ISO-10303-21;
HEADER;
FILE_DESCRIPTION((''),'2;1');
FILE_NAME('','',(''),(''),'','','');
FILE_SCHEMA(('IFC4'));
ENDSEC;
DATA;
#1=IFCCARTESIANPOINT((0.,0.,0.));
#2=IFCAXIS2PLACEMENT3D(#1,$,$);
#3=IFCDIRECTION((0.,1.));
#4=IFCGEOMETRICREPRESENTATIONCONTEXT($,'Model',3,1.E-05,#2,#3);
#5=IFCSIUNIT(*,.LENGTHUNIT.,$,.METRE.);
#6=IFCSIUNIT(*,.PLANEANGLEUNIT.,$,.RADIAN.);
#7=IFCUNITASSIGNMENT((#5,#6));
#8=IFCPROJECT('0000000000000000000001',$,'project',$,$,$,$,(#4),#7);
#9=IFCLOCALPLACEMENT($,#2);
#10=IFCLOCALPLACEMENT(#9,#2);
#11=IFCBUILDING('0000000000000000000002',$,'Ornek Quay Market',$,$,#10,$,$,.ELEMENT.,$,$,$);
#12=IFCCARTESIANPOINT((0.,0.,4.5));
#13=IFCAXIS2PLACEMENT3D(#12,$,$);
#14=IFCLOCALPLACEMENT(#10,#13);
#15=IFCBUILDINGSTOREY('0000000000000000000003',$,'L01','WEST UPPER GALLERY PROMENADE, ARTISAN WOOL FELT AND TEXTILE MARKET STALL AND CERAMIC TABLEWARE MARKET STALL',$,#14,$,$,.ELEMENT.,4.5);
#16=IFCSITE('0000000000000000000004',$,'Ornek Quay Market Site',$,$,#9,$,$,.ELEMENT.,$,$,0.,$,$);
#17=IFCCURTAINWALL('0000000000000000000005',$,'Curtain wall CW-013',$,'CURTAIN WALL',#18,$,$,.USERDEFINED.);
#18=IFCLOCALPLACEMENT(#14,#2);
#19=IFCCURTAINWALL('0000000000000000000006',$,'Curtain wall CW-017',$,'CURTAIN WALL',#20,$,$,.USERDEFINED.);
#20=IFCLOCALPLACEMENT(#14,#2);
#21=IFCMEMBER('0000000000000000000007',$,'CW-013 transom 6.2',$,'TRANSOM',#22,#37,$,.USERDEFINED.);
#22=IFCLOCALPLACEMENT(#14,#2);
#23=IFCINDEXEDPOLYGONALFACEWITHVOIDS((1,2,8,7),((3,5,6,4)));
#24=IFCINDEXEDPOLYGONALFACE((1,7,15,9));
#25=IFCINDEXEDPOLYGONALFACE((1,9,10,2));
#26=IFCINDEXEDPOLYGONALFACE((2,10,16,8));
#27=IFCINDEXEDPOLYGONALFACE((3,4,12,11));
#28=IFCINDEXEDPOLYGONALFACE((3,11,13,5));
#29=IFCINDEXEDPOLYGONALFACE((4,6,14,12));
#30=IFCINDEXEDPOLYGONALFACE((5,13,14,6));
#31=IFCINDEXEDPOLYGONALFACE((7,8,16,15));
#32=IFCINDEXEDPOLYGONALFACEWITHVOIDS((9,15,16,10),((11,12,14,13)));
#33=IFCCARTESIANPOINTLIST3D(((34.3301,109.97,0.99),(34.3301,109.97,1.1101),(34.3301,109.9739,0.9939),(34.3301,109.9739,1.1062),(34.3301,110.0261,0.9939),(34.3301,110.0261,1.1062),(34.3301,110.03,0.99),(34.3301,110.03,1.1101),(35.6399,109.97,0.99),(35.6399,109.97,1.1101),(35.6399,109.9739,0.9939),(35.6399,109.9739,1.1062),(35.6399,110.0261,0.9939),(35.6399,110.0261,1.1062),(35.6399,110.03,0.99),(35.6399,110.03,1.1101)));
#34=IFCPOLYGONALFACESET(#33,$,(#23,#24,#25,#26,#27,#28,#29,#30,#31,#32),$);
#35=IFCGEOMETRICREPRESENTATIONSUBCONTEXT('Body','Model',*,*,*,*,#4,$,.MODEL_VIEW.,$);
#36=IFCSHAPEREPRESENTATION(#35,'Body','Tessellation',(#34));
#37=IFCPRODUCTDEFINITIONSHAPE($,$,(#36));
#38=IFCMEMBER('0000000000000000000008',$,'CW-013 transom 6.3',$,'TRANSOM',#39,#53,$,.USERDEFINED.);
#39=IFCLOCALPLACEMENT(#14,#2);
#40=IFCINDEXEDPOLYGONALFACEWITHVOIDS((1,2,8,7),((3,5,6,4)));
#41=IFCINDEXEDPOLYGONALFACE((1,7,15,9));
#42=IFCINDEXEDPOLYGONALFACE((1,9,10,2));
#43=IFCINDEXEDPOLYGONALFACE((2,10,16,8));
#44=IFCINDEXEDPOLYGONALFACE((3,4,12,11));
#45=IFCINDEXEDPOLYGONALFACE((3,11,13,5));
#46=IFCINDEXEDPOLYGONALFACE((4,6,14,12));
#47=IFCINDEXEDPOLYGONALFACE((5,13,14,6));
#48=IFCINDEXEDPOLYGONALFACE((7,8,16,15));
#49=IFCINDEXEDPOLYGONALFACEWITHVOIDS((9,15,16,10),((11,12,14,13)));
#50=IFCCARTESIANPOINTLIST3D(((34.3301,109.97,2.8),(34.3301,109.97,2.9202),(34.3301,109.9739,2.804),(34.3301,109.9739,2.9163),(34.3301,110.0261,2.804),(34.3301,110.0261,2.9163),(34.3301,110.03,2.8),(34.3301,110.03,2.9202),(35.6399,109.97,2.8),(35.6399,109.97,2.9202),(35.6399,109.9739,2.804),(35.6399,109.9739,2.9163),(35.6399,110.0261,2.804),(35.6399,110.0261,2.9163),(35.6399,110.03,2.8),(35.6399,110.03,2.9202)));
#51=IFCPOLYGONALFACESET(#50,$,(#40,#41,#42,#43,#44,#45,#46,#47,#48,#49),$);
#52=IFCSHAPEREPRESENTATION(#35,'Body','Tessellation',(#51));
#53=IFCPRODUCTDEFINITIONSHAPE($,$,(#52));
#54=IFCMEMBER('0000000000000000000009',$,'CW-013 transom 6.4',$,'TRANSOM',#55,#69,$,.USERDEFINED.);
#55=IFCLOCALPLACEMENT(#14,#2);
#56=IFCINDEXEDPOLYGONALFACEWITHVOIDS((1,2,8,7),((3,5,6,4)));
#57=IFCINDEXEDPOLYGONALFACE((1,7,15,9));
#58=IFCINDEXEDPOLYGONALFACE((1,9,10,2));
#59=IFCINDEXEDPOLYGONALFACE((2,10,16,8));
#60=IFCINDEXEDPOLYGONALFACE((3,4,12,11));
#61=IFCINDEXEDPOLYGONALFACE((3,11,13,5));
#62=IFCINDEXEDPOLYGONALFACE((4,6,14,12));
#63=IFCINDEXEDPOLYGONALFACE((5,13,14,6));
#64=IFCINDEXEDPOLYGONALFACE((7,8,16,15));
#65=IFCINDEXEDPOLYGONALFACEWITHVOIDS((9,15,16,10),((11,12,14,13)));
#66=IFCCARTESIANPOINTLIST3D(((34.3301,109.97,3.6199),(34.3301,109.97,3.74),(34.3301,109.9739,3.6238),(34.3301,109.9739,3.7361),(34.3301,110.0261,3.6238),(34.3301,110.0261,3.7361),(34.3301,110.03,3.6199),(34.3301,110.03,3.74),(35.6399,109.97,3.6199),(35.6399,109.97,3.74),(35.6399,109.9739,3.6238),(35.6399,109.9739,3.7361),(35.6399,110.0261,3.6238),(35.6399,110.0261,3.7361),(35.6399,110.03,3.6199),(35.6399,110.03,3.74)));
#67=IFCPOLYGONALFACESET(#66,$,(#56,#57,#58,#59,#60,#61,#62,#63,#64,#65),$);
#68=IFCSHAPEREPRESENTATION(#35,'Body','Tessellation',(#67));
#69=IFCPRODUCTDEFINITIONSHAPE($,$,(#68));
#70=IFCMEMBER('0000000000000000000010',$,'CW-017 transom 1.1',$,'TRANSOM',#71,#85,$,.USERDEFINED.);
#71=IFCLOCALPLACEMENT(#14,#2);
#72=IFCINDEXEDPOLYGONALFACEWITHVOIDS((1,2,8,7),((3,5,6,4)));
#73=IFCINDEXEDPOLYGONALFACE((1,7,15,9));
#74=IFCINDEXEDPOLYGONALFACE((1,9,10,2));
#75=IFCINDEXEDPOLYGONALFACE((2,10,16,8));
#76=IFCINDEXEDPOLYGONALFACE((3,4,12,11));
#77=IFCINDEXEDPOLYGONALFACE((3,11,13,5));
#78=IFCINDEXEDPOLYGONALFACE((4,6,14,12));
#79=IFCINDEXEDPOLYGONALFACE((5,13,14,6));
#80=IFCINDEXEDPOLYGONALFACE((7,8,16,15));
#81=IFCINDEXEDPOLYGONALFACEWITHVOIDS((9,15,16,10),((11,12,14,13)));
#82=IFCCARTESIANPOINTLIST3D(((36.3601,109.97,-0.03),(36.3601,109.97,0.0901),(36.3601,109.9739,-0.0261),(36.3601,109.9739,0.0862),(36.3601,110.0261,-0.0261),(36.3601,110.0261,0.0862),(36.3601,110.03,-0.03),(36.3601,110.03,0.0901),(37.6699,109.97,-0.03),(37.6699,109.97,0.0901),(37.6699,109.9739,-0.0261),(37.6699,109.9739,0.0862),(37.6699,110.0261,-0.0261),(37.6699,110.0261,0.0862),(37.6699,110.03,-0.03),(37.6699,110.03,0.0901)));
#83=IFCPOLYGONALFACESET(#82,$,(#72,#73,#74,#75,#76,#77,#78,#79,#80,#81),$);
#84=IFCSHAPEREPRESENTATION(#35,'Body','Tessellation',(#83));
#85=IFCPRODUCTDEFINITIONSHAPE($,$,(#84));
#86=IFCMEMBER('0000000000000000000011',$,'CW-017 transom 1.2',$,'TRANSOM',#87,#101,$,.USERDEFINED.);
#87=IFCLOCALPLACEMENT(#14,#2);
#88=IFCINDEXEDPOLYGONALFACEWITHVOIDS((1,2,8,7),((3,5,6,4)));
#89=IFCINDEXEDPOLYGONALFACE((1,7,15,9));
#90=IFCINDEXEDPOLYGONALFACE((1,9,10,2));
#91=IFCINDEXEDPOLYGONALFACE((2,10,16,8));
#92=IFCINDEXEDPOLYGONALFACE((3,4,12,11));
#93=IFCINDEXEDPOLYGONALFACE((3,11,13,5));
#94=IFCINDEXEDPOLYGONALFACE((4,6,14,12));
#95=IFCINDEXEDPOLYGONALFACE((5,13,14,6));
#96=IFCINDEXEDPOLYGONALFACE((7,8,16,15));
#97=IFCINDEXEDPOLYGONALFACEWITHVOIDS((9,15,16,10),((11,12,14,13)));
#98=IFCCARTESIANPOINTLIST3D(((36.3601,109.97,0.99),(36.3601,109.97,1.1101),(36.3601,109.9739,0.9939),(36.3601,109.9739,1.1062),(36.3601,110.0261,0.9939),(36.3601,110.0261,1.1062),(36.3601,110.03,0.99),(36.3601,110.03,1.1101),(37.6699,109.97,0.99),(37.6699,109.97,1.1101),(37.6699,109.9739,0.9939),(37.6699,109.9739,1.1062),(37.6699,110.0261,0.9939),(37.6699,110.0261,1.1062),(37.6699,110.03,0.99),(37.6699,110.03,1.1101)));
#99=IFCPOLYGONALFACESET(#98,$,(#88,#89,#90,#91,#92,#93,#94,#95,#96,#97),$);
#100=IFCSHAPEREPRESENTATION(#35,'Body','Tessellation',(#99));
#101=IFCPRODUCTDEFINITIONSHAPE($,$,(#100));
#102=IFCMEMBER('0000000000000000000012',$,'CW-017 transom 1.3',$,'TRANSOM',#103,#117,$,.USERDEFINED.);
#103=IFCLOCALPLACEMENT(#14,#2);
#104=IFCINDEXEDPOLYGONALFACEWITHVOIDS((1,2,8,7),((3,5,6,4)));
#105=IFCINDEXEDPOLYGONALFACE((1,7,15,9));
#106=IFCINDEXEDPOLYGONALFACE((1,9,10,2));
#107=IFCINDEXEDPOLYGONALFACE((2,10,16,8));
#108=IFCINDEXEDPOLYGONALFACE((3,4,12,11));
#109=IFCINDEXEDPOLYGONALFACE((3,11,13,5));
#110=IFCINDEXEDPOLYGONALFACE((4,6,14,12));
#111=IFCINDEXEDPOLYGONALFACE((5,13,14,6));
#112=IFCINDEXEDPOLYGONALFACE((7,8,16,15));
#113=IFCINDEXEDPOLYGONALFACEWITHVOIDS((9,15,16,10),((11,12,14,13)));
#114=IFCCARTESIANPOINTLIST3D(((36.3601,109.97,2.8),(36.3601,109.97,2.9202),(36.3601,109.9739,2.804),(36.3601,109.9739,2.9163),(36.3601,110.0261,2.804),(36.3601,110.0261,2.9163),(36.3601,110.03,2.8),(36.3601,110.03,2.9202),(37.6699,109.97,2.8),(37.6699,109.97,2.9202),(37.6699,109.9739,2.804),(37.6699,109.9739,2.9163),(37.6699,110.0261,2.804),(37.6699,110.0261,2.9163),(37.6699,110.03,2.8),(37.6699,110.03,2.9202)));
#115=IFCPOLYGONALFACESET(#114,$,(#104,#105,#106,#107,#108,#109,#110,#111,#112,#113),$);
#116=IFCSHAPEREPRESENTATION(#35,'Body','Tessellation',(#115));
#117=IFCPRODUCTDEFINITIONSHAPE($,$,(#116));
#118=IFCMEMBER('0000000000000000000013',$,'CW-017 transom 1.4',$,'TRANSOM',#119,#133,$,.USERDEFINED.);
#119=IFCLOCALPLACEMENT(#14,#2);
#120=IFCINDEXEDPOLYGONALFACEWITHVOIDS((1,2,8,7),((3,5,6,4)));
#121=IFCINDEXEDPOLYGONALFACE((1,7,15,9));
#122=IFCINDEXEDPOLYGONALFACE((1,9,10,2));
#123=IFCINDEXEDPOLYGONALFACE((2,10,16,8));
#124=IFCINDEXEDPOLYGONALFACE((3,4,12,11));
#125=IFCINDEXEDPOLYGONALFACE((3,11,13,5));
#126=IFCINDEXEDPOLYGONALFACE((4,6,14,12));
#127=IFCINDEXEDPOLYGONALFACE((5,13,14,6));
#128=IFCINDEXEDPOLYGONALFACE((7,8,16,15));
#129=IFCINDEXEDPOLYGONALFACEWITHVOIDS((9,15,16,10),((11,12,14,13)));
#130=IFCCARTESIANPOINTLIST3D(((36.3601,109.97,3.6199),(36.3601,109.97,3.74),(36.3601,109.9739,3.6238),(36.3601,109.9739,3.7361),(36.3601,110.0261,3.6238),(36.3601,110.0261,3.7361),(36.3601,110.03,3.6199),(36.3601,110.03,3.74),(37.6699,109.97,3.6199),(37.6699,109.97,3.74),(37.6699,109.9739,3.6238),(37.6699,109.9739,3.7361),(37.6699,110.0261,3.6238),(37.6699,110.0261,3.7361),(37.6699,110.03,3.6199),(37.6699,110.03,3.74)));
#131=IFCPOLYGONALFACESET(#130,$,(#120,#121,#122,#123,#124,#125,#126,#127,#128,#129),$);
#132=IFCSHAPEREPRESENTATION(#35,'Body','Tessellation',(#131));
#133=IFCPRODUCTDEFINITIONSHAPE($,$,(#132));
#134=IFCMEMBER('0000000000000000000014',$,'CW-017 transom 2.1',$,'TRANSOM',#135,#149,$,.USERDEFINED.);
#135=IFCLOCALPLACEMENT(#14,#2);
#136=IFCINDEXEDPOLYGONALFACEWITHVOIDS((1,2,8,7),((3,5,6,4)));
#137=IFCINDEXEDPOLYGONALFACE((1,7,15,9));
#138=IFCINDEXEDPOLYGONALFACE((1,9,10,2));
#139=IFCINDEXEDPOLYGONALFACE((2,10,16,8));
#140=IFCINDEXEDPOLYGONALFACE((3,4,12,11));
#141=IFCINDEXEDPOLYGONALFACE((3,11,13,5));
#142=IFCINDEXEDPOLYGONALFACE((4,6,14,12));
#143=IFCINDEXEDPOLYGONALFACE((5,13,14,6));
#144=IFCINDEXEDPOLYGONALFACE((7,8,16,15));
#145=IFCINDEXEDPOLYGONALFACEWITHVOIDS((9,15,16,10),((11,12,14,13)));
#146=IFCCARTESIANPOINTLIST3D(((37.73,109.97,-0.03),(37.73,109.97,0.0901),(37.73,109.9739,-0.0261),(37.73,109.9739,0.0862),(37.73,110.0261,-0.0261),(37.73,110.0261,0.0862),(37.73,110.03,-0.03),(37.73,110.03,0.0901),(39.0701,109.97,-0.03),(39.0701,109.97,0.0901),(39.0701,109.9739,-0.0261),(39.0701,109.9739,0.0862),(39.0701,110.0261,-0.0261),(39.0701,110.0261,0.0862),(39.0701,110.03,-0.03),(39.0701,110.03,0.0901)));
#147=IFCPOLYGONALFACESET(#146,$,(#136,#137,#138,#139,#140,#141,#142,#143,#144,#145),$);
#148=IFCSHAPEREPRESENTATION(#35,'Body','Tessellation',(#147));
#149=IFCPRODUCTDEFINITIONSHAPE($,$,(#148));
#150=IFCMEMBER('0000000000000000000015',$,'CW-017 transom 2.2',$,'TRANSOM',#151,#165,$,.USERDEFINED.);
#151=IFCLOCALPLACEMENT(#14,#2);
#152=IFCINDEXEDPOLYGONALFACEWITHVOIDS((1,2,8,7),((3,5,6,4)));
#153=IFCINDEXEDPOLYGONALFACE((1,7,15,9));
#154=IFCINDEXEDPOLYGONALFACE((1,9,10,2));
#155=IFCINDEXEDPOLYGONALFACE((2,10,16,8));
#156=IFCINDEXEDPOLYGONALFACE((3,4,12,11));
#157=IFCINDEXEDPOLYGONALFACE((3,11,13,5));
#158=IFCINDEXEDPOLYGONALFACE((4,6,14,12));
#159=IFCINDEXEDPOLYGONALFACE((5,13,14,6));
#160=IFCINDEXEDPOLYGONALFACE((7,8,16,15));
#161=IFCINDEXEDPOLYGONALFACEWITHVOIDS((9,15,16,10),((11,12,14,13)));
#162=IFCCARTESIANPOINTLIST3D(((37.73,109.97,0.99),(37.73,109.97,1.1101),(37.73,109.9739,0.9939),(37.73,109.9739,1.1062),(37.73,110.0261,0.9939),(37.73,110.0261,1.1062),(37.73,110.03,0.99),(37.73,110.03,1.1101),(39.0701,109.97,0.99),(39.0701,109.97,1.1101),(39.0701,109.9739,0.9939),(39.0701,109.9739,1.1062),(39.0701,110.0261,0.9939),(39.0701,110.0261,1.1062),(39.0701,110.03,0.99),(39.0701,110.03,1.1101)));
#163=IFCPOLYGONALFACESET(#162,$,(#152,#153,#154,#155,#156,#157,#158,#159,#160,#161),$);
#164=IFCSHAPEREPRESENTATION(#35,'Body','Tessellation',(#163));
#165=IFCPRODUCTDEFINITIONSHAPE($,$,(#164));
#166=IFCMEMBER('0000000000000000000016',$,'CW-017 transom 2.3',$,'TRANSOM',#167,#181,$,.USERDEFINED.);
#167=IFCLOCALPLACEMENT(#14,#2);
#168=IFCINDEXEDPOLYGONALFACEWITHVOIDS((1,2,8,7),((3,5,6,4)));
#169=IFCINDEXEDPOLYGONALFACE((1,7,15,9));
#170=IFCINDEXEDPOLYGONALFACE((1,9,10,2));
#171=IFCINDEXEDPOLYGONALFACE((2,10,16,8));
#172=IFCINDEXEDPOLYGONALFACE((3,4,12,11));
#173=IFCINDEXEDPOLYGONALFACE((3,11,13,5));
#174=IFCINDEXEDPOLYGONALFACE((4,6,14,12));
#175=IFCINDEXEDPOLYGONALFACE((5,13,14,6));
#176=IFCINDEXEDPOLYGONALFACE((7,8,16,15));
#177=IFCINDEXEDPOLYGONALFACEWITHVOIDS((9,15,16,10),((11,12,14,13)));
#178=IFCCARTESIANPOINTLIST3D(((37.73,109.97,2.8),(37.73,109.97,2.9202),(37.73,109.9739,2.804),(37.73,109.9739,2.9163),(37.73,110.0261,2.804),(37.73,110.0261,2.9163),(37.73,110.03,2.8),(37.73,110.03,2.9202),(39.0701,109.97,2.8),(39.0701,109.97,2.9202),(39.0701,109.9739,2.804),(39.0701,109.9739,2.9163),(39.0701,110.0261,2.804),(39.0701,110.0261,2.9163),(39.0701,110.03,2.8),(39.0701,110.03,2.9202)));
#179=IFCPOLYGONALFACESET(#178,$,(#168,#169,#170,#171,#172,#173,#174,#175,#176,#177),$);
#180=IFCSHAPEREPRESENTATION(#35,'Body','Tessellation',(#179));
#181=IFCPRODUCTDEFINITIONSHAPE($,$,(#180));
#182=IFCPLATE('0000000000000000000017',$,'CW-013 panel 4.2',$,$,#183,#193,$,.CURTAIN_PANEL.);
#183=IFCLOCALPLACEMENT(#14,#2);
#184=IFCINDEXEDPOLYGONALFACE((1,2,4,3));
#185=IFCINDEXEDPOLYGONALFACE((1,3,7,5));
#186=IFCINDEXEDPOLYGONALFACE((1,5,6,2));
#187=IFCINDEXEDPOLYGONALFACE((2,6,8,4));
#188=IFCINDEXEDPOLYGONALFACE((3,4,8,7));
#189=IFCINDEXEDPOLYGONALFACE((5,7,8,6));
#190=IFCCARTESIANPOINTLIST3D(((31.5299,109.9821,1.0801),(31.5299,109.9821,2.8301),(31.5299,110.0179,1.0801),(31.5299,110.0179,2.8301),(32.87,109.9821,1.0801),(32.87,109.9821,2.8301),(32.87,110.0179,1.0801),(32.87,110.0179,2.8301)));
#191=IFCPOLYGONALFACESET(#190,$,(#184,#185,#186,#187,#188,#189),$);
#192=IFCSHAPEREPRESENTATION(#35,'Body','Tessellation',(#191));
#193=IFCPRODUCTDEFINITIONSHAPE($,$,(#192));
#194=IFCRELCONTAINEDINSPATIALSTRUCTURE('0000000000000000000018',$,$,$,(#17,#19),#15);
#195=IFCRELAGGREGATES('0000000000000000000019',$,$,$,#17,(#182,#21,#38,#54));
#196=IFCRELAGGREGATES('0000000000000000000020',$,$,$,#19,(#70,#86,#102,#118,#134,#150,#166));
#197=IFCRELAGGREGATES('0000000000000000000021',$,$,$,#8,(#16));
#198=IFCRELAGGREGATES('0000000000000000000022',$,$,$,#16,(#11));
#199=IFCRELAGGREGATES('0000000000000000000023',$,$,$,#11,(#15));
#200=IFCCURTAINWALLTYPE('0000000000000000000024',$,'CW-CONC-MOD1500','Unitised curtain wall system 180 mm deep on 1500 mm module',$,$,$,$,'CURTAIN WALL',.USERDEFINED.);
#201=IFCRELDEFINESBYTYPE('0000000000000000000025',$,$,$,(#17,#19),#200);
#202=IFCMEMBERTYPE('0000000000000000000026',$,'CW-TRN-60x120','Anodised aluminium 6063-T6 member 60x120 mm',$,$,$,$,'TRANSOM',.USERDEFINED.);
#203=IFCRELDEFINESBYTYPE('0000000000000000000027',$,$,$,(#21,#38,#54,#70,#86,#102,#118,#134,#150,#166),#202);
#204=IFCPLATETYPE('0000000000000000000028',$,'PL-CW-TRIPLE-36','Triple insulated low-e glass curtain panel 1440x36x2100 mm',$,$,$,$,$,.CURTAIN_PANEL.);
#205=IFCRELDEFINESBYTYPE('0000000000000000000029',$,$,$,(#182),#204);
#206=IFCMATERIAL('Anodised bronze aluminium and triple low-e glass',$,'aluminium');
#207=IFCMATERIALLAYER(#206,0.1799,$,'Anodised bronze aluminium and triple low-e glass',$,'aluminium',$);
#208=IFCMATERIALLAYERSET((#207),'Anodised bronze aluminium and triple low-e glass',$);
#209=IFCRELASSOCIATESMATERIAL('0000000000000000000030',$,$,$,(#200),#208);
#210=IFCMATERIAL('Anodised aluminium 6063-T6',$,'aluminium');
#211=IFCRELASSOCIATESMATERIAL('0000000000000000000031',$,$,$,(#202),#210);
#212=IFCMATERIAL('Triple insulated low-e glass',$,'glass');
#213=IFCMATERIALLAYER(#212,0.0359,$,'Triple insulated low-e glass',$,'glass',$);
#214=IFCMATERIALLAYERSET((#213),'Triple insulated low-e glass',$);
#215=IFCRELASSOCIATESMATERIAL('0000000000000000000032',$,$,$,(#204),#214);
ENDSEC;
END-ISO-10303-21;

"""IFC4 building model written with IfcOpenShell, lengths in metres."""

from ifc_helpers import new_model, si_unit, direction, frame, origin, origin_2d, place, context, subcontext, project, spatial, rectangle, hollow_rectangle, extrude, material, layer, layer_set, material_profile, profile_set, type_object, element, aggregate, save


model = new_model("IFC4")

# Units and contexts
model_context = context("Model", 3, precision=1e-05, world=origin(), true_north=direction((0.0, 1.0)))
body_context = subcontext(model_context, "Body", "Model", "MODEL_VIEW")
ifc_project = project(units=[si_unit("LENGTHUNIT", "METRE"), si_unit("PLANEANGLEUNIT", "RADIAN")], contexts=[model_context])

# Site, building, storey
site_placement = place(None, origin())
site = spatial("IfcSite", under=ifc_project, at=site_placement, Name="Ornek Quay Market Site", CompositionType="ELEMENT", RefElevation=0.0)
building_placement = place(site_placement, origin())
building = spatial("IfcBuilding", under=site, at=building_placement, Name="Ornek Quay Market", CompositionType="ELEMENT")
storey_placement = place(building_placement, frame((0.0, 0.0, 4.5)))
storey = spatial("IfcBuildingStorey", under=building, at=storey_placement, Name="L01", Description="WEST UPPER GALLERY PROMENADE, ARTISAN WOOL FELT AND TEXTILE MARKET STALL AND CERAMIC TABLEWARE MARKET STALL", CompositionType="ELEMENT", Elevation=4.5)

# Curtain walls
ifc_material_1 = material(Name="Anodised bronze aluminium and triple low-e glass", Category="aluminium")
ifc_layer_1 = layer(ifc_material_1, 0.1799, Name="Anodised bronze aluminium and triple low-e glass", Category="aluminium")
ifc_layer_set_1 = layer_set([ifc_layer_1], Name="Anodised bronze aluminium and triple low-e glass")
curtain_wall_type = type_object("IfcCurtainWallType", Name="CW-CONC-MOD1500", Description="Unitised curtain wall system 180 mm deep on 1500 mm module", ElementType="CURTAIN WALL", PredefinedType="USERDEFINED", material=ifc_layer_set_1)
curtain_wall_1_placement = place(storey_placement, origin())
curtain_wall_1 = element("IfcCurtainWall", 1, at=curtain_wall_1_placement, inside=storey, type_object=curtain_wall_type, Name="Curtain wall CW-013", ObjectType="CURTAIN WALL", PredefinedType="USERDEFINED")
ifc_material_2 = material(Name="Anodised aluminium 6063-T6", Category="aluminium")
curtain_wall_2_placement = place(storey_placement, origin())
curtain_wall_2 = element("IfcCurtainWall", 2, at=curtain_wall_2_placement, inside=storey, type_object=curtain_wall_type, Name="Curtain wall CW-017", ObjectType="CURTAIN WALL", PredefinedType="USERDEFINED")

# Members
ifc_material_profile_1 = material_profile(ifc_material_2, hollow_rectangle(XDim=0.0601, YDim=0.1201, WallThickness=0.0039, at=origin_2d()), Name="CW-TRN-60x120", Category="aluminium")
ifc_profile_set_1 = profile_set([ifc_material_profile_1], Name="Anodised aluminium 6063-T6")
member_type_1 = type_object("IfcMemberType", Name="CW-TRN-60x120", Description="Anodised aluminium 6063-T6 member 60x120 mm", ElementType="TRANSOM", PredefinedType="USERDEFINED", material=ifc_profile_set_1)
member_1_placement = place(storey_placement, frame((34.3301, 110.0, 1.05), z_axis=(1.0, 0.0, 0.0), x_axis=(0.0, 1.0, 0.0)))
member_1 = element("IfcMember", 3, at=member_1_placement, type_object=member_type_1, Name="CW-013 transom 6.2", ObjectType="TRANSOM", PredefinedType="USERDEFINED", context=body_context, shape_type="SweptSolid", body=[
    extrude(hollow_rectangle(XDim=0.0601, YDim=0.1201, WallThickness=0.0039, at=origin_2d()), origin(), (0.0, 0.0, 1.0), 1.3098),
])
member_2_placement = place(storey_placement, frame((34.3301, 110.0, 2.8601), z_axis=(1.0, 0.0, 0.0), x_axis=(0.0, 1.0, 0.0)))
member_2 = element("IfcMember", 4, at=member_2_placement, type_object=member_type_1, Name="CW-013 transom 6.3", ObjectType="TRANSOM", PredefinedType="USERDEFINED", context=body_context, shape_type="SweptSolid", body=[
    extrude(hollow_rectangle(XDim=0.0601, YDim=0.1201, WallThickness=0.0039, at=origin_2d()), origin(), (0.0, 0.0, 1.0), 1.3098),
])
member_3_placement = place(storey_placement, frame((34.3301, 110.0, 3.6799), z_axis=(1.0, 0.0, 0.0), x_axis=(0.0, 1.0, 0.0)))
member_3 = element("IfcMember", 5, at=member_3_placement, type_object=member_type_1, Name="CW-013 transom 6.4", ObjectType="TRANSOM", PredefinedType="USERDEFINED", context=body_context, shape_type="SweptSolid", body=[
    extrude(hollow_rectangle(XDim=0.0601, YDim=0.1201, WallThickness=0.0039, at=origin_2d()), origin(), (0.0, 0.0, 1.0), 1.3098),
])
member_4_placement = place(storey_placement, frame((36.3601, 110.0, 0.03), z_axis=(1.0, 0.0, 0.0), x_axis=(0.0, 1.0, 0.0)))
member_4 = element("IfcMember", 6, at=member_4_placement, type_object=member_type_1, Name="CW-017 transom 1.1", ObjectType="TRANSOM", PredefinedType="USERDEFINED", context=body_context, shape_type="SweptSolid", body=[
    extrude(hollow_rectangle(XDim=0.0601, YDim=0.1201, WallThickness=0.0039, at=origin_2d()), origin(), (0.0, 0.0, 1.0), 1.3098),
])
member_5_placement = place(storey_placement, frame((36.3601, 110.0, 1.05), z_axis=(1.0, 0.0, 0.0), x_axis=(0.0, 1.0, 0.0)))
member_5 = element("IfcMember", 7, at=member_5_placement, type_object=member_type_1, Name="CW-017 transom 1.2", ObjectType="TRANSOM", PredefinedType="USERDEFINED", context=body_context, shape_type="SweptSolid", body=[
    extrude(hollow_rectangle(XDim=0.0601, YDim=0.1201, WallThickness=0.0039, at=origin_2d()), origin(), (0.0, 0.0, 1.0), 1.3098),
])
member_6_placement = place(storey_placement, frame((36.3601, 110.0, 2.8601), z_axis=(1.0, 0.0, 0.0), x_axis=(0.0, 1.0, 0.0)))
member_6 = element("IfcMember", 8, at=member_6_placement, type_object=member_type_1, Name="CW-017 transom 1.3", ObjectType="TRANSOM", PredefinedType="USERDEFINED", context=body_context, shape_type="SweptSolid", body=[
    extrude(hollow_rectangle(XDim=0.0601, YDim=0.1201, WallThickness=0.0039, at=origin_2d()), origin(), (0.0, 0.0, 1.0), 1.3098),
])
member_7_placement = place(storey_placement, frame((36.3601, 110.0, 3.6799), z_axis=(1.0, 0.0, 0.0), x_axis=(0.0, 1.0, 0.0)))
member_7 = element("IfcMember", 9, at=member_7_placement, type_object=member_type_1, Name="CW-017 transom 1.4", ObjectType="TRANSOM", PredefinedType="USERDEFINED", context=body_context, shape_type="SweptSolid", body=[
    extrude(hollow_rectangle(XDim=0.0601, YDim=0.1201, WallThickness=0.0039, at=origin_2d()), origin(), (0.0, 0.0, 1.0), 1.3098),
])
member_8_placement = place(storey_placement, frame((37.73, 110.0, 0.03), z_axis=(1.0, 0.0, 0.0), x_axis=(0.0, 1.0, 0.0)))
member_8 = element("IfcMember", 10, at=member_8_placement, type_object=member_type_1, Name="CW-017 transom 2.1", ObjectType="TRANSOM", PredefinedType="USERDEFINED", context=body_context, shape_type="SweptSolid", body=[
    extrude(hollow_rectangle(XDim=0.0601, YDim=0.1201, WallThickness=0.0039, at=origin_2d()), origin(), (0.0, 0.0, 1.0), 1.3401),
])
member_9_placement = place(storey_placement, frame((37.73, 110.0, 1.05), z_axis=(1.0, 0.0, 0.0), x_axis=(0.0, 1.0, 0.0)))
member_9 = element("IfcMember", 11, at=member_9_placement, type_object=member_type_1, Name="CW-017 transom 2.2", ObjectType="TRANSOM", PredefinedType="USERDEFINED", context=body_context, shape_type="SweptSolid", body=[
    extrude(hollow_rectangle(XDim=0.0601, YDim=0.1201, WallThickness=0.0039, at=origin_2d()), origin(), (0.0, 0.0, 1.0), 1.3401),
])
member_10_placement = place(storey_placement, frame((37.73, 110.0, 2.8601), z_axis=(1.0, 0.0, 0.0), x_axis=(0.0, 1.0, 0.0)))
member_10 = element("IfcMember", 12, at=member_10_placement, type_object=member_type_1, Name="CW-017 transom 2.3", ObjectType="TRANSOM", PredefinedType="USERDEFINED", context=body_context, shape_type="SweptSolid", body=[
    extrude(hollow_rectangle(XDim=0.0601, YDim=0.1201, WallThickness=0.0039, at=origin_2d()), origin(), (0.0, 0.0, 1.0), 1.3401),
])

# Plate
ifc_material_3 = material(Name="Triple insulated low-e glass", Category="glass")
ifc_layer_2 = layer(ifc_material_3, 0.0359, Name="Triple insulated low-e glass", Category="glass")
ifc_layer_set_2 = layer_set([ifc_layer_2], Name="Triple insulated low-e glass")
plate_type_1 = type_object("IfcPlateType", Name="PL-CW-TRIPLE-36", Description="Triple insulated low-e glass curtain panel 1440x36x2100 mm", PredefinedType="CURTAIN_PANEL", material=ifc_layer_set_2)
plate_1_placement = place(storey_placement, frame((32.2, 110.0, 1.0801), z_axis=(0.0, 0.0, 1.0), x_axis=(1.0, 0.0, 0.0)))
plate_1 = element("IfcPlate", 13, at=plate_1_placement, type_object=plate_type_1, Name="CW-013 panel 4.2", PredefinedType="CURTAIN_PANEL", context=body_context, shape_type="SweptSolid", body=[
    extrude(rectangle(XDim=1.3401, YDim=0.0359, at=origin_2d()), origin(), (0.0, 0.0, 1.0), 1.75),
])
aggregate(curtain_wall_1, [plate_1, member_1, member_2, member_3])
aggregate(curtain_wall_2, [member_4, member_5, member_6, member_7, member_8, member_9, member_10])

save(model, "model.ifc")
